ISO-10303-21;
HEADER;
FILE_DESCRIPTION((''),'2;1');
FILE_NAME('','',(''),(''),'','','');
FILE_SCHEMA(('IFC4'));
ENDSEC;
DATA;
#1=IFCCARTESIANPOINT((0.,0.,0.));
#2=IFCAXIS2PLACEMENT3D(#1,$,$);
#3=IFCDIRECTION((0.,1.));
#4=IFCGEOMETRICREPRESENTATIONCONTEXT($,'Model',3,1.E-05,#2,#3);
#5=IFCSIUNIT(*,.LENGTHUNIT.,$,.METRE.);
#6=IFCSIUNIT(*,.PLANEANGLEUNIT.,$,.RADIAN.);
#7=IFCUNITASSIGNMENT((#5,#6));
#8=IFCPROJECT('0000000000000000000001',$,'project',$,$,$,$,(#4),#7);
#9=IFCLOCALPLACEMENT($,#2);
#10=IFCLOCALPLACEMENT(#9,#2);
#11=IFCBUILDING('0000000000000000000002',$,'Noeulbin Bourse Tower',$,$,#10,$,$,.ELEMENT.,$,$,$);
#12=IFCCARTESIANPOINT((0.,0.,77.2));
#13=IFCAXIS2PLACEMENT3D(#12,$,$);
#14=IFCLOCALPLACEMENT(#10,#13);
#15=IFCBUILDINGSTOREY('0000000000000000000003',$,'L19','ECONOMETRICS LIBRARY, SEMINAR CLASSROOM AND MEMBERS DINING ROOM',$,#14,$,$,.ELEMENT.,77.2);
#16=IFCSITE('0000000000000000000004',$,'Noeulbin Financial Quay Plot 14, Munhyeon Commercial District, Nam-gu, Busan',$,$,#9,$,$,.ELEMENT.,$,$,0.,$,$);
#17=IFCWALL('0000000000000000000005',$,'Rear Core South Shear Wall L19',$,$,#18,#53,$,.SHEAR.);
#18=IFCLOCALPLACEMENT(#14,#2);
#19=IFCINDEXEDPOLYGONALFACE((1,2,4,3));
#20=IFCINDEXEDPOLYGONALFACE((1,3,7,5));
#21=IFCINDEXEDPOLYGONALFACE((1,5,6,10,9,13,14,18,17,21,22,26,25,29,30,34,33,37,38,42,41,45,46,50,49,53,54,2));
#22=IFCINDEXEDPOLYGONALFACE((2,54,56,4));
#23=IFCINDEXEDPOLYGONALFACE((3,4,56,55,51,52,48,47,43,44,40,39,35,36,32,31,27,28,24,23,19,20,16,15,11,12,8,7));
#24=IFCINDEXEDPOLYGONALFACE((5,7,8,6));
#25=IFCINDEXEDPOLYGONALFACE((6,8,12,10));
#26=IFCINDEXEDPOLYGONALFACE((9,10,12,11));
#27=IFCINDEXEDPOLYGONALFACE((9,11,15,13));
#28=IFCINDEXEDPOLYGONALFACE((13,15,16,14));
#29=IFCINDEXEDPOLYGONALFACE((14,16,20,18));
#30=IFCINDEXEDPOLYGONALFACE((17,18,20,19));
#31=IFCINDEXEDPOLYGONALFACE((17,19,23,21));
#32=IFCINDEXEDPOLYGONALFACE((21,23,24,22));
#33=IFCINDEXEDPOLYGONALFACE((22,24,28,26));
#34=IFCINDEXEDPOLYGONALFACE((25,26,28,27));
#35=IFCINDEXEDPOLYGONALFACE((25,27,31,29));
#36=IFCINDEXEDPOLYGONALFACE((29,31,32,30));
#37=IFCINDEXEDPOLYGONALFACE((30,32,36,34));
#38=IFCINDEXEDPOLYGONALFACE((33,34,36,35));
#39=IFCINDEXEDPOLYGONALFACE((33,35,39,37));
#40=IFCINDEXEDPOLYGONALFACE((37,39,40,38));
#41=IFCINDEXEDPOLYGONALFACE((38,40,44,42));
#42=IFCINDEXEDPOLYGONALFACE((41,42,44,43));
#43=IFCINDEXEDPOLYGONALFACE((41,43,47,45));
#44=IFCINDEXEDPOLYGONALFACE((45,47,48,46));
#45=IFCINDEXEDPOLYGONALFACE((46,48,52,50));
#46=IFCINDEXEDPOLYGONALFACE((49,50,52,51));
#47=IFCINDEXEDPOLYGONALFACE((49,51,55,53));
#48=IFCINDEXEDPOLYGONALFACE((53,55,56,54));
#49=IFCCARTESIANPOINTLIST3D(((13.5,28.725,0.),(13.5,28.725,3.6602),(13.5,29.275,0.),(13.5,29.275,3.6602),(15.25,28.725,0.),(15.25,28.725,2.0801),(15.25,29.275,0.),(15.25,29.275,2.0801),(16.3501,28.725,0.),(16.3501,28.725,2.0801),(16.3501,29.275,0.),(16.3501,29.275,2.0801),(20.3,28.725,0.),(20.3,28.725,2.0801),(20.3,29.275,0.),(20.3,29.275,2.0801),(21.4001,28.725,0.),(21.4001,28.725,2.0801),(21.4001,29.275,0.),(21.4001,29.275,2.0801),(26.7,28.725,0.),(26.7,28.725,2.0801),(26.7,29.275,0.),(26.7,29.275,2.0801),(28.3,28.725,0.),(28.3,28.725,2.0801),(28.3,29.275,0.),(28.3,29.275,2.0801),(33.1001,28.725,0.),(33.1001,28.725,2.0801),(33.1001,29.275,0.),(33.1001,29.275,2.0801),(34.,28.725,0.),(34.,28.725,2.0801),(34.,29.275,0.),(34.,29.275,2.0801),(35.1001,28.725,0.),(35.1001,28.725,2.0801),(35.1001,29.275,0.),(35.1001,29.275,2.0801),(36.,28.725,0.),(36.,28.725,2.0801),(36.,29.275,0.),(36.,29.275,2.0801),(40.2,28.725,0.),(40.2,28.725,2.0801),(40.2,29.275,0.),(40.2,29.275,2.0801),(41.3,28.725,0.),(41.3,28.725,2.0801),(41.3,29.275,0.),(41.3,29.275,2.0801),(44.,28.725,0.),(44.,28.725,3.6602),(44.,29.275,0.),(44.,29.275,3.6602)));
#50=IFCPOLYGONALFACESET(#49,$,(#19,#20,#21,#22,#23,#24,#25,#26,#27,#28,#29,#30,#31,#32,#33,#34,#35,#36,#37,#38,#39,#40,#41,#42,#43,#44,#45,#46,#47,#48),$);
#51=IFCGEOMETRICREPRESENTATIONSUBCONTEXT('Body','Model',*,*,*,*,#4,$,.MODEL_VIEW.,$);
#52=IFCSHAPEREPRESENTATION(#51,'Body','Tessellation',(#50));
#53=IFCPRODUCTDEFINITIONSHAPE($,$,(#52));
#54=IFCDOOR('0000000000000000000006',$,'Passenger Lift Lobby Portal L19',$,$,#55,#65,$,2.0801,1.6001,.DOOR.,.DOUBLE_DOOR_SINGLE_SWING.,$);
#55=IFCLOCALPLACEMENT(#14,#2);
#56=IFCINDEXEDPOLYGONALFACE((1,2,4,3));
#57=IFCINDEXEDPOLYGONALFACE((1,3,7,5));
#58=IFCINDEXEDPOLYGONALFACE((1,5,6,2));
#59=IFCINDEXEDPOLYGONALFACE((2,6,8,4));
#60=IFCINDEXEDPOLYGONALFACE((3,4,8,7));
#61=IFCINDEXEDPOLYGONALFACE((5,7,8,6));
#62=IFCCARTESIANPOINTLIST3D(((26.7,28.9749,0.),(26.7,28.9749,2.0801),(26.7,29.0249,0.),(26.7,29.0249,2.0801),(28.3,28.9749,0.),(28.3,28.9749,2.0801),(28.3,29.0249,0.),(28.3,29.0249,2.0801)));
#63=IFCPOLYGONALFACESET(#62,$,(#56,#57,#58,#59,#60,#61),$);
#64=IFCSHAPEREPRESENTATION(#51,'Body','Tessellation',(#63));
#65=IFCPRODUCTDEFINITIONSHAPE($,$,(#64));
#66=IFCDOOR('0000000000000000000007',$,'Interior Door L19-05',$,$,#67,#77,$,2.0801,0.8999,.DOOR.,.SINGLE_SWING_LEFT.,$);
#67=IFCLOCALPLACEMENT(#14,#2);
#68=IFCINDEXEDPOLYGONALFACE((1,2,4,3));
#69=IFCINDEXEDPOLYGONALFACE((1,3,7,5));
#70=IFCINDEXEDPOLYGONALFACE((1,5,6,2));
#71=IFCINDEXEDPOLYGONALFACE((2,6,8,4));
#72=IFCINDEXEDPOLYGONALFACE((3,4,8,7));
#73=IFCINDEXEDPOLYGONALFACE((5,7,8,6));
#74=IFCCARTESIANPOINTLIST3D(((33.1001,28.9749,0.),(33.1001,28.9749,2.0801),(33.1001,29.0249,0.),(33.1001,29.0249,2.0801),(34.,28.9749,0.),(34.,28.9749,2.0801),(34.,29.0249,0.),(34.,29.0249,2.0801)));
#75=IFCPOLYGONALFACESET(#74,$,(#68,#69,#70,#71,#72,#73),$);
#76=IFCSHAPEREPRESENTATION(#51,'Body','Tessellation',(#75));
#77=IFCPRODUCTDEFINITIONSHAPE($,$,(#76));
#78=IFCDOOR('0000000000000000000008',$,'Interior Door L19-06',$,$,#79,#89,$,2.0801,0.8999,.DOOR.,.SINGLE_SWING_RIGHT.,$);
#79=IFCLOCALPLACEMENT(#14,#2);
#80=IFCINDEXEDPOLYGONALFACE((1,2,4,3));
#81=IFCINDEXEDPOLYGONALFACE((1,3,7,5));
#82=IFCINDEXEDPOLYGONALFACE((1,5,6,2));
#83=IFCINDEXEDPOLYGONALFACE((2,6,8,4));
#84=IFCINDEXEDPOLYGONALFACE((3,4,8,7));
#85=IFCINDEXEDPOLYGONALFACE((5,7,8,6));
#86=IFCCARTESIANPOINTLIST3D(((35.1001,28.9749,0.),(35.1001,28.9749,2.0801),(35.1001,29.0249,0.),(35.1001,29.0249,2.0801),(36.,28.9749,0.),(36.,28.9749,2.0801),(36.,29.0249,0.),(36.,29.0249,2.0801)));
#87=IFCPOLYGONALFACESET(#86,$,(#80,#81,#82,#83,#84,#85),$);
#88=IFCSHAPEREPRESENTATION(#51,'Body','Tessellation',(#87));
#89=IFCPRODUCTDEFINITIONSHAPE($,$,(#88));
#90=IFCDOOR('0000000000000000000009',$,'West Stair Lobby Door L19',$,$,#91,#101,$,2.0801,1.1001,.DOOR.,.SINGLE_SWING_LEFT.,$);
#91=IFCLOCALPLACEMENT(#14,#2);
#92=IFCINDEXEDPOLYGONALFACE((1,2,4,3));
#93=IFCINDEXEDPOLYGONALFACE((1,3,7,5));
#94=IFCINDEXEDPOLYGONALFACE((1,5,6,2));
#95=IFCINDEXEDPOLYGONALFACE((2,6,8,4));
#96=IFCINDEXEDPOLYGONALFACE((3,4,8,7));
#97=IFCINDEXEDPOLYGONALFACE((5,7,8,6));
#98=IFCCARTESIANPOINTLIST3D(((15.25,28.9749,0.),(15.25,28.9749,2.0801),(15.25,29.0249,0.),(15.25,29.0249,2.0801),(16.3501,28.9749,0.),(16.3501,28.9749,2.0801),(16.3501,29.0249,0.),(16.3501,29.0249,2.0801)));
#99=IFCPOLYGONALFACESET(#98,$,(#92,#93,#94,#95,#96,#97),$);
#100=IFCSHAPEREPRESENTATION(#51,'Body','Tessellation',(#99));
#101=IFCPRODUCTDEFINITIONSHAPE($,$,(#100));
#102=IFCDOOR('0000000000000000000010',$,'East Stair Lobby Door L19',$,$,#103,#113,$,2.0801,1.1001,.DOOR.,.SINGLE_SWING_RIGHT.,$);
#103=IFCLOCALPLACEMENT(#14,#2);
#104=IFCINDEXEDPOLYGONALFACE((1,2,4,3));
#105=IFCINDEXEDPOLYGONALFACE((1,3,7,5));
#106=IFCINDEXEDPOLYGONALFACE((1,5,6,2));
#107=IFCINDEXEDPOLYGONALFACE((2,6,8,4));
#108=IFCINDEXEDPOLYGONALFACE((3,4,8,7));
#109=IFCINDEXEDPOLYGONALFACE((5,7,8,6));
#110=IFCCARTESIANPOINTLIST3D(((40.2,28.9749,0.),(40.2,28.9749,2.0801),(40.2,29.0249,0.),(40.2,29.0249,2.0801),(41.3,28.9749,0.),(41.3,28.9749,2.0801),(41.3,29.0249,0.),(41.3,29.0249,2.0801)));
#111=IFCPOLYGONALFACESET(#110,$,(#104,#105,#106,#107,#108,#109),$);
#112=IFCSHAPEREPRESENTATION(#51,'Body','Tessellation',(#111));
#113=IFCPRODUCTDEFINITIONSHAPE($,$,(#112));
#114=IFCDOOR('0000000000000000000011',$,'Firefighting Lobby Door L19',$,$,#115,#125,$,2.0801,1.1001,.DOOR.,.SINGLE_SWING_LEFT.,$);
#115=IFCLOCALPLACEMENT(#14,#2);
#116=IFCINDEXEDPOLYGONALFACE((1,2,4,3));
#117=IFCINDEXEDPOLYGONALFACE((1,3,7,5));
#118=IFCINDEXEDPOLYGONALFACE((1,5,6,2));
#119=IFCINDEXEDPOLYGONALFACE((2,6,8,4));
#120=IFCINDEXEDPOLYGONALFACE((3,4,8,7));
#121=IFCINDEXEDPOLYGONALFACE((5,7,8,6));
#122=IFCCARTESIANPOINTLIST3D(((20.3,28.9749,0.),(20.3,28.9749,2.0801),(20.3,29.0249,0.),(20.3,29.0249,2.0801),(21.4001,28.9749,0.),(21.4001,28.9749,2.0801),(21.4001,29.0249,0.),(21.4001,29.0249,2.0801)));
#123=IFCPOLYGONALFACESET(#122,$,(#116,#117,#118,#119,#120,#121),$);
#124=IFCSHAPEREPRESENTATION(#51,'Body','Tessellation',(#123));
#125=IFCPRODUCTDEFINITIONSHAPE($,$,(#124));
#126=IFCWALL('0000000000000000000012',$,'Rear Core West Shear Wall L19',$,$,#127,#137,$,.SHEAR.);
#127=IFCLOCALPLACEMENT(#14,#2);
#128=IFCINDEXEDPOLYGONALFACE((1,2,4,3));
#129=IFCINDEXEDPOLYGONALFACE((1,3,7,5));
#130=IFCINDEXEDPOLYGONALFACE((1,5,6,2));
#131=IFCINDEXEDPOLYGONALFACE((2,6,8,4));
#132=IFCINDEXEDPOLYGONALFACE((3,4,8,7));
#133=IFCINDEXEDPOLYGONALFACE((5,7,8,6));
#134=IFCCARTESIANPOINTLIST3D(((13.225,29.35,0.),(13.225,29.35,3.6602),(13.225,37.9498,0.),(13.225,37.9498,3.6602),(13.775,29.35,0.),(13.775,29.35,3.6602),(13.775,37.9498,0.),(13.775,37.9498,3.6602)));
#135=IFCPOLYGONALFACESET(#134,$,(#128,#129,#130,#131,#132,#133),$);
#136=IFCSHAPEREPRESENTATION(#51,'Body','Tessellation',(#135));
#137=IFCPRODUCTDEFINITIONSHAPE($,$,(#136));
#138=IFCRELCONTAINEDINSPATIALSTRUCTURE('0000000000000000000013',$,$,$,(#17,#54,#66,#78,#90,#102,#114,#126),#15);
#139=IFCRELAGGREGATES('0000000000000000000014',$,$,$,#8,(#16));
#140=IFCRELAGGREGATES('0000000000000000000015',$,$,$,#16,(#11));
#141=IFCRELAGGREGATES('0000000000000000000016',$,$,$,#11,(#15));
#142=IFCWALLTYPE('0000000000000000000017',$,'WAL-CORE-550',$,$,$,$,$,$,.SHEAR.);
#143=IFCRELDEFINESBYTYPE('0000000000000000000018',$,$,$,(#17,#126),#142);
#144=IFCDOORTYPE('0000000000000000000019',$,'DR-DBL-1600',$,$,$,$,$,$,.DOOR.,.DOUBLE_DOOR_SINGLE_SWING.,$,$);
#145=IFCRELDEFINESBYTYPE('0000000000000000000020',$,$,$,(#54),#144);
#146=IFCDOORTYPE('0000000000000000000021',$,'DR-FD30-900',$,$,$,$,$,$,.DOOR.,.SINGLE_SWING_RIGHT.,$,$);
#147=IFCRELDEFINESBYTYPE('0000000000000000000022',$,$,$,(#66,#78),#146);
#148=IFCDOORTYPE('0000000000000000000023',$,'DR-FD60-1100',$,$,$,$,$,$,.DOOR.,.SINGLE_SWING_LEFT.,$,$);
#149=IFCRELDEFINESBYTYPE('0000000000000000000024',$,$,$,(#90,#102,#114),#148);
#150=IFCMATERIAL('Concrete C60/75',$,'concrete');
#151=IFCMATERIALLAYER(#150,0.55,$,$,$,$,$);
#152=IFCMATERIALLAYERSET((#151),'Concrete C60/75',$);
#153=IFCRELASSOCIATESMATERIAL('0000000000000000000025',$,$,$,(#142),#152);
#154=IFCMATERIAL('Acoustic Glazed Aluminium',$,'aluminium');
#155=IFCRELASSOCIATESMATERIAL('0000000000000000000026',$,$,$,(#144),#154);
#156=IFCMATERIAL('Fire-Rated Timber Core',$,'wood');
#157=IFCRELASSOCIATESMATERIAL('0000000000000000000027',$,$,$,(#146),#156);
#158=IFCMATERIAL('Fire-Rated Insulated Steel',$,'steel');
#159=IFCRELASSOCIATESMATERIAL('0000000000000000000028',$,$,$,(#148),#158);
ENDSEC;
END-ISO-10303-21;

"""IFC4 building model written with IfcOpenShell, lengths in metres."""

from ifc_helpers import new_model, si_unit, direction, frame, frame_2d, origin, place, context, subcontext, project, spatial, rectangle, extrude, material, layer, layer_set, type_object, element, fill, save


model = new_model("IFC4")

# Units and contexts
model_context = context("Model", 3, precision=1e-05, world=origin(), true_north=direction((0.0, 1.0)))
body_context = subcontext(model_context, "Body", "Model", "MODEL_VIEW")
ifc_project = project(units=[si_unit("LENGTHUNIT", "METRE"), si_unit("PLANEANGLEUNIT", "RADIAN")], contexts=[model_context])

# Site, building, storey
site_placement = place(None, origin())
site = spatial("IfcSite", under=ifc_project, at=site_placement, Name="Noeulbin Financial Quay Plot 14, Munhyeon Commercial District, Nam-gu, Busan", CompositionType="ELEMENT", RefElevation=0.0)
building_placement = place(site_placement, origin())
building = spatial("IfcBuilding", under=site, at=building_placement, Name="Noeulbin Bourse Tower", CompositionType="ELEMENT")
storey_placement = place(building_placement, frame((0.0, 0.0, 77.2)))
storey = spatial("IfcBuildingStorey", under=building, at=storey_placement, Name="L19", Description="ECONOMETRICS LIBRARY, SEMINAR CLASSROOM AND MEMBERS DINING ROOM", CompositionType="ELEMENT", Elevation=77.2)

# Wall, openings, doors
ifc_material_1 = material(Name="Concrete C60/75", Category="concrete")
ifc_layer_1 = layer(ifc_material_1, 0.55)
ifc_layer_set_1 = layer_set([ifc_layer_1], Name="Concrete C60/75")
wall_type_1 = type_object("IfcWallType", Name="WAL-CORE-550", PredefinedType="SHEAR", material=ifc_layer_set_1)
wall_1_placement = place(storey_placement, frame((13.5, 29.0, 0.0), z_axis=(0.0, 0.0, 1.0), x_axis=(1.0, 0.0, 0.0)))
wall_1 = element("IfcWall", 1, at=wall_1_placement, inside=storey, type_object=wall_type_1, Name="Rear Core South Shear Wall L19", PredefinedType="SHEAR", context=body_context, shape_type="SweptSolid", body=[
    extrude(rectangle(XDim=30.5, YDim=0.55, at=frame_2d((15.25, 0.0))), origin(), (0.0, 0.0, 1.0), 3.6602),
])
opening_1_placement = place(wall_1_placement, frame((1.75, 0.0, 0.0)))
opening_1 = element("IfcOpeningElement", 2, at=opening_1_placement, cuts=wall_1, PredefinedType="OPENING", context=body_context, shape_type="SweptSolid", body=[
    extrude(rectangle(XDim=1.1001, YDim=2.0801, at=frame_2d((0.55, 1.04))), frame((0.0, 0.2849, 0.0), z_axis=(0.0, -1.0, 0.0), x_axis=(1.0, 0.0, 0.0)), (0.0, 0.0, 1.0), 0.5701),
])
opening_2_placement = place(wall_1_placement, frame((26.7, 0.0, 0.0)))
opening_2 = element("IfcOpeningElement", 3, at=opening_2_placement, cuts=wall_1, PredefinedType="OPENING", context=body_context, shape_type="SweptSolid", body=[
    extrude(rectangle(XDim=1.1001, YDim=2.0801, at=frame_2d((0.55, 1.04))), frame((0.0, 0.2849, 0.0), z_axis=(0.0, -1.0, 0.0), x_axis=(1.0, 0.0, 0.0)), (0.0, 0.0, 1.0), 0.5701),
])
opening_3_placement = place(wall_1_placement, frame((6.8, 0.0, 0.0)))
opening_3 = element("IfcOpeningElement", 4, at=opening_3_placement, cuts=wall_1, PredefinedType="OPENING", context=body_context, shape_type="SweptSolid", body=[
    extrude(rectangle(XDim=1.1001, YDim=2.0801, at=frame_2d((0.55, 1.04))), frame((0.0, 0.2849, 0.0), z_axis=(0.0, -1.0, 0.0), x_axis=(1.0, 0.0, 0.0)), (0.0, 0.0, 1.0), 0.5701),
])
opening_4_placement = place(wall_1_placement, frame((13.2, 0.0, 0.0)))
opening_4 = element("IfcOpeningElement", 5, at=opening_4_placement, cuts=wall_1, PredefinedType="OPENING", context=body_context, shape_type="SweptSolid", body=[
    extrude(rectangle(XDim=1.6001, YDim=2.0801, at=frame_2d((0.8, 1.04))), frame((0.0, 0.2849, 0.0), z_axis=(0.0, -1.0, 0.0), x_axis=(1.0, 0.0, 0.0)), (0.0, 0.0, 1.0), 0.5701),
])
opening_5_placement = place(wall_1_placement, frame((19.6001, 0.0, 0.0)))
opening_5 = element("IfcOpeningElement", 6, at=opening_5_placement, cuts=wall_1, PredefinedType="OPENING", context=body_context, shape_type="SweptSolid", body=[
    extrude(rectangle(XDim=0.8999, YDim=2.0801, at=frame_2d((0.45, 1.04))), frame((0.0, 0.2849, 0.0), z_axis=(0.0, -1.0, 0.0), x_axis=(1.0, 0.0, 0.0)), (0.0, 0.0, 1.0), 0.5701),
])
opening_6_placement = place(wall_1_placement, frame((21.6001, 0.0, 0.0)))
opening_6 = element("IfcOpeningElement", 7, at=opening_6_placement, cuts=wall_1, PredefinedType="OPENING", context=body_context, shape_type="SweptSolid", body=[
    extrude(rectangle(XDim=0.8999, YDim=2.0801, at=frame_2d((0.45, 1.04))), frame((0.0, 0.2849, 0.0), z_axis=(0.0, -1.0, 0.0), x_axis=(1.0, 0.0, 0.0)), (0.0, 0.0, 1.0), 0.5701),
])
ifc_material_2 = material(Name="Acoustic Glazed Aluminium", Category="aluminium")
door_type_1 = type_object("IfcDoorType", Name="DR-DBL-1600", OperationType="DOUBLE_DOOR_SINGLE_SWING", PredefinedType="DOOR", material=ifc_material_2)
door_1_placement = place(opening_4_placement, origin())
door_1 = element("IfcDoor", 8, at=door_1_placement, inside=storey, type_object=door_type_1, Name="Passenger Lift Lobby Portal L19", OperationType="DOUBLE_DOOR_SINGLE_SWING", OverallHeight=2.0801, OverallWidth=1.6001, PredefinedType="DOOR", context=body_context, shape_type="SweptSolid", body=[
    extrude(rectangle(XDim=1.6001, YDim=2.0801, at=frame_2d((0.8, 1.04))), frame((0.0, 0.0249, 0.0), z_axis=(0.0, -1.0, 0.0), x_axis=(1.0, 0.0, 0.0)), (0.0, 0.0, 1.0), 0.05),
])
fill(opening_4, door_1)
ifc_material_3 = material(Name="Fire-Rated Timber Core", Category="wood")
door_type_2 = type_object("IfcDoorType", Name="DR-FD30-900", OperationType="SINGLE_SWING_RIGHT", PredefinedType="DOOR", material=ifc_material_3)
door_2_placement = place(opening_5_placement, origin())
door_2 = element("IfcDoor", 9, at=door_2_placement, inside=storey, type_object=door_type_2, Name="Interior Door L19-05", OperationType="SINGLE_SWING_LEFT", OverallHeight=2.0801, OverallWidth=0.8999, PredefinedType="DOOR", context=body_context, shape_type="SweptSolid", body=[
    extrude(rectangle(XDim=0.8999, YDim=2.0801, at=frame_2d((0.45, 1.04))), frame((0.0, 0.0249, 0.0), z_axis=(0.0, -1.0, 0.0), x_axis=(1.0, 0.0, 0.0)), (0.0, 0.0, 1.0), 0.05),
])
fill(opening_5, door_2)
door_3_placement = place(opening_6_placement, origin())
door_3 = element("IfcDoor", 10, at=door_3_placement, inside=storey, type_object=door_type_2, Name="Interior Door L19-06", OperationType="SINGLE_SWING_RIGHT", OverallHeight=2.0801, OverallWidth=0.8999, PredefinedType="DOOR", context=body_context, shape_type="SweptSolid", body=[
    extrude(rectangle(XDim=0.8999, YDim=2.0801, at=frame_2d((0.45, 1.04))), frame((0.0, 0.0249, 0.0), z_axis=(0.0, -1.0, 0.0), x_axis=(1.0, 0.0, 0.0)), (0.0, 0.0, 1.0), 0.05),
])
fill(opening_6, door_3)
ifc_material_4 = material(Name="Fire-Rated Insulated Steel", Category="steel")
door_type_3 = type_object("IfcDoorType", Name="DR-FD60-1100", OperationType="SINGLE_SWING_LEFT", PredefinedType="DOOR", material=ifc_material_4)
door_4_placement = place(opening_1_placement, origin())
door_4 = element("IfcDoor", 11, at=door_4_placement, inside=storey, type_object=door_type_3, Name="West Stair Lobby Door L19", OperationType="SINGLE_SWING_LEFT", OverallHeight=2.0801, OverallWidth=1.1001, PredefinedType="DOOR", context=body_context, shape_type="SweptSolid", body=[
    extrude(rectangle(XDim=1.1001, YDim=2.0801, at=frame_2d((0.55, 1.04))), frame((0.0, 0.0249, 0.0), z_axis=(0.0, -1.0, 0.0), x_axis=(1.0, 0.0, 0.0)), (0.0, 0.0, 1.0), 0.05),
])
fill(opening_1, door_4)
door_5_placement = place(opening_2_placement, origin())
door_5 = element("IfcDoor", 12, at=door_5_placement, inside=storey, type_object=door_type_3, Name="East Stair Lobby Door L19", OperationType="SINGLE_SWING_RIGHT", OverallHeight=2.0801, OverallWidth=1.1001, PredefinedType="DOOR", context=body_context, shape_type="SweptSolid", body=[
    extrude(rectangle(XDim=1.1001, YDim=2.0801, at=frame_2d((0.55, 1.04))), frame((0.0, 0.0249, 0.0), z_axis=(0.0, -1.0, 0.0), x_axis=(1.0, 0.0, 0.0)), (0.0, 0.0, 1.0), 0.05),
])
fill(opening_2, door_5)
door_6_placement = place(opening_3_placement, origin())
door_6 = element("IfcDoor", 13, at=door_6_placement, inside=storey, type_object=door_type_3, Name="Firefighting Lobby Door L19", OperationType="SINGLE_SWING_LEFT", OverallHeight=2.0801, OverallWidth=1.1001, PredefinedType="DOOR", context=body_context, shape_type="SweptSolid", body=[
    extrude(rectangle(XDim=1.1001, YDim=2.0801, at=frame_2d((0.55, 1.04))), frame((0.0, 0.0249, 0.0), z_axis=(0.0, -1.0, 0.0), x_axis=(1.0, 0.0, 0.0)), (0.0, 0.0, 1.0), 0.05),
])
fill(opening_3, door_6)

# Wall
wall_2_placement = place(storey_placement, frame((13.5, 29.3501, 0.0), z_axis=(0.0, 0.0, 1.0), x_axis=(0.0, 1.0, 0.0)))
element("IfcWall", 14, at=wall_2_placement, inside=storey, type_object=wall_type_1, Name="Rear Core West Shear Wall L19", PredefinedType="SHEAR", context=body_context, shape_type="SweptSolid", body=[
    extrude(rectangle(XDim=8.5999, YDim=0.55, at=frame_2d((4.2998, 0.0))), origin(), (0.0, 0.0, 1.0), 3.6602),
])

save(model, "model.ifc")
